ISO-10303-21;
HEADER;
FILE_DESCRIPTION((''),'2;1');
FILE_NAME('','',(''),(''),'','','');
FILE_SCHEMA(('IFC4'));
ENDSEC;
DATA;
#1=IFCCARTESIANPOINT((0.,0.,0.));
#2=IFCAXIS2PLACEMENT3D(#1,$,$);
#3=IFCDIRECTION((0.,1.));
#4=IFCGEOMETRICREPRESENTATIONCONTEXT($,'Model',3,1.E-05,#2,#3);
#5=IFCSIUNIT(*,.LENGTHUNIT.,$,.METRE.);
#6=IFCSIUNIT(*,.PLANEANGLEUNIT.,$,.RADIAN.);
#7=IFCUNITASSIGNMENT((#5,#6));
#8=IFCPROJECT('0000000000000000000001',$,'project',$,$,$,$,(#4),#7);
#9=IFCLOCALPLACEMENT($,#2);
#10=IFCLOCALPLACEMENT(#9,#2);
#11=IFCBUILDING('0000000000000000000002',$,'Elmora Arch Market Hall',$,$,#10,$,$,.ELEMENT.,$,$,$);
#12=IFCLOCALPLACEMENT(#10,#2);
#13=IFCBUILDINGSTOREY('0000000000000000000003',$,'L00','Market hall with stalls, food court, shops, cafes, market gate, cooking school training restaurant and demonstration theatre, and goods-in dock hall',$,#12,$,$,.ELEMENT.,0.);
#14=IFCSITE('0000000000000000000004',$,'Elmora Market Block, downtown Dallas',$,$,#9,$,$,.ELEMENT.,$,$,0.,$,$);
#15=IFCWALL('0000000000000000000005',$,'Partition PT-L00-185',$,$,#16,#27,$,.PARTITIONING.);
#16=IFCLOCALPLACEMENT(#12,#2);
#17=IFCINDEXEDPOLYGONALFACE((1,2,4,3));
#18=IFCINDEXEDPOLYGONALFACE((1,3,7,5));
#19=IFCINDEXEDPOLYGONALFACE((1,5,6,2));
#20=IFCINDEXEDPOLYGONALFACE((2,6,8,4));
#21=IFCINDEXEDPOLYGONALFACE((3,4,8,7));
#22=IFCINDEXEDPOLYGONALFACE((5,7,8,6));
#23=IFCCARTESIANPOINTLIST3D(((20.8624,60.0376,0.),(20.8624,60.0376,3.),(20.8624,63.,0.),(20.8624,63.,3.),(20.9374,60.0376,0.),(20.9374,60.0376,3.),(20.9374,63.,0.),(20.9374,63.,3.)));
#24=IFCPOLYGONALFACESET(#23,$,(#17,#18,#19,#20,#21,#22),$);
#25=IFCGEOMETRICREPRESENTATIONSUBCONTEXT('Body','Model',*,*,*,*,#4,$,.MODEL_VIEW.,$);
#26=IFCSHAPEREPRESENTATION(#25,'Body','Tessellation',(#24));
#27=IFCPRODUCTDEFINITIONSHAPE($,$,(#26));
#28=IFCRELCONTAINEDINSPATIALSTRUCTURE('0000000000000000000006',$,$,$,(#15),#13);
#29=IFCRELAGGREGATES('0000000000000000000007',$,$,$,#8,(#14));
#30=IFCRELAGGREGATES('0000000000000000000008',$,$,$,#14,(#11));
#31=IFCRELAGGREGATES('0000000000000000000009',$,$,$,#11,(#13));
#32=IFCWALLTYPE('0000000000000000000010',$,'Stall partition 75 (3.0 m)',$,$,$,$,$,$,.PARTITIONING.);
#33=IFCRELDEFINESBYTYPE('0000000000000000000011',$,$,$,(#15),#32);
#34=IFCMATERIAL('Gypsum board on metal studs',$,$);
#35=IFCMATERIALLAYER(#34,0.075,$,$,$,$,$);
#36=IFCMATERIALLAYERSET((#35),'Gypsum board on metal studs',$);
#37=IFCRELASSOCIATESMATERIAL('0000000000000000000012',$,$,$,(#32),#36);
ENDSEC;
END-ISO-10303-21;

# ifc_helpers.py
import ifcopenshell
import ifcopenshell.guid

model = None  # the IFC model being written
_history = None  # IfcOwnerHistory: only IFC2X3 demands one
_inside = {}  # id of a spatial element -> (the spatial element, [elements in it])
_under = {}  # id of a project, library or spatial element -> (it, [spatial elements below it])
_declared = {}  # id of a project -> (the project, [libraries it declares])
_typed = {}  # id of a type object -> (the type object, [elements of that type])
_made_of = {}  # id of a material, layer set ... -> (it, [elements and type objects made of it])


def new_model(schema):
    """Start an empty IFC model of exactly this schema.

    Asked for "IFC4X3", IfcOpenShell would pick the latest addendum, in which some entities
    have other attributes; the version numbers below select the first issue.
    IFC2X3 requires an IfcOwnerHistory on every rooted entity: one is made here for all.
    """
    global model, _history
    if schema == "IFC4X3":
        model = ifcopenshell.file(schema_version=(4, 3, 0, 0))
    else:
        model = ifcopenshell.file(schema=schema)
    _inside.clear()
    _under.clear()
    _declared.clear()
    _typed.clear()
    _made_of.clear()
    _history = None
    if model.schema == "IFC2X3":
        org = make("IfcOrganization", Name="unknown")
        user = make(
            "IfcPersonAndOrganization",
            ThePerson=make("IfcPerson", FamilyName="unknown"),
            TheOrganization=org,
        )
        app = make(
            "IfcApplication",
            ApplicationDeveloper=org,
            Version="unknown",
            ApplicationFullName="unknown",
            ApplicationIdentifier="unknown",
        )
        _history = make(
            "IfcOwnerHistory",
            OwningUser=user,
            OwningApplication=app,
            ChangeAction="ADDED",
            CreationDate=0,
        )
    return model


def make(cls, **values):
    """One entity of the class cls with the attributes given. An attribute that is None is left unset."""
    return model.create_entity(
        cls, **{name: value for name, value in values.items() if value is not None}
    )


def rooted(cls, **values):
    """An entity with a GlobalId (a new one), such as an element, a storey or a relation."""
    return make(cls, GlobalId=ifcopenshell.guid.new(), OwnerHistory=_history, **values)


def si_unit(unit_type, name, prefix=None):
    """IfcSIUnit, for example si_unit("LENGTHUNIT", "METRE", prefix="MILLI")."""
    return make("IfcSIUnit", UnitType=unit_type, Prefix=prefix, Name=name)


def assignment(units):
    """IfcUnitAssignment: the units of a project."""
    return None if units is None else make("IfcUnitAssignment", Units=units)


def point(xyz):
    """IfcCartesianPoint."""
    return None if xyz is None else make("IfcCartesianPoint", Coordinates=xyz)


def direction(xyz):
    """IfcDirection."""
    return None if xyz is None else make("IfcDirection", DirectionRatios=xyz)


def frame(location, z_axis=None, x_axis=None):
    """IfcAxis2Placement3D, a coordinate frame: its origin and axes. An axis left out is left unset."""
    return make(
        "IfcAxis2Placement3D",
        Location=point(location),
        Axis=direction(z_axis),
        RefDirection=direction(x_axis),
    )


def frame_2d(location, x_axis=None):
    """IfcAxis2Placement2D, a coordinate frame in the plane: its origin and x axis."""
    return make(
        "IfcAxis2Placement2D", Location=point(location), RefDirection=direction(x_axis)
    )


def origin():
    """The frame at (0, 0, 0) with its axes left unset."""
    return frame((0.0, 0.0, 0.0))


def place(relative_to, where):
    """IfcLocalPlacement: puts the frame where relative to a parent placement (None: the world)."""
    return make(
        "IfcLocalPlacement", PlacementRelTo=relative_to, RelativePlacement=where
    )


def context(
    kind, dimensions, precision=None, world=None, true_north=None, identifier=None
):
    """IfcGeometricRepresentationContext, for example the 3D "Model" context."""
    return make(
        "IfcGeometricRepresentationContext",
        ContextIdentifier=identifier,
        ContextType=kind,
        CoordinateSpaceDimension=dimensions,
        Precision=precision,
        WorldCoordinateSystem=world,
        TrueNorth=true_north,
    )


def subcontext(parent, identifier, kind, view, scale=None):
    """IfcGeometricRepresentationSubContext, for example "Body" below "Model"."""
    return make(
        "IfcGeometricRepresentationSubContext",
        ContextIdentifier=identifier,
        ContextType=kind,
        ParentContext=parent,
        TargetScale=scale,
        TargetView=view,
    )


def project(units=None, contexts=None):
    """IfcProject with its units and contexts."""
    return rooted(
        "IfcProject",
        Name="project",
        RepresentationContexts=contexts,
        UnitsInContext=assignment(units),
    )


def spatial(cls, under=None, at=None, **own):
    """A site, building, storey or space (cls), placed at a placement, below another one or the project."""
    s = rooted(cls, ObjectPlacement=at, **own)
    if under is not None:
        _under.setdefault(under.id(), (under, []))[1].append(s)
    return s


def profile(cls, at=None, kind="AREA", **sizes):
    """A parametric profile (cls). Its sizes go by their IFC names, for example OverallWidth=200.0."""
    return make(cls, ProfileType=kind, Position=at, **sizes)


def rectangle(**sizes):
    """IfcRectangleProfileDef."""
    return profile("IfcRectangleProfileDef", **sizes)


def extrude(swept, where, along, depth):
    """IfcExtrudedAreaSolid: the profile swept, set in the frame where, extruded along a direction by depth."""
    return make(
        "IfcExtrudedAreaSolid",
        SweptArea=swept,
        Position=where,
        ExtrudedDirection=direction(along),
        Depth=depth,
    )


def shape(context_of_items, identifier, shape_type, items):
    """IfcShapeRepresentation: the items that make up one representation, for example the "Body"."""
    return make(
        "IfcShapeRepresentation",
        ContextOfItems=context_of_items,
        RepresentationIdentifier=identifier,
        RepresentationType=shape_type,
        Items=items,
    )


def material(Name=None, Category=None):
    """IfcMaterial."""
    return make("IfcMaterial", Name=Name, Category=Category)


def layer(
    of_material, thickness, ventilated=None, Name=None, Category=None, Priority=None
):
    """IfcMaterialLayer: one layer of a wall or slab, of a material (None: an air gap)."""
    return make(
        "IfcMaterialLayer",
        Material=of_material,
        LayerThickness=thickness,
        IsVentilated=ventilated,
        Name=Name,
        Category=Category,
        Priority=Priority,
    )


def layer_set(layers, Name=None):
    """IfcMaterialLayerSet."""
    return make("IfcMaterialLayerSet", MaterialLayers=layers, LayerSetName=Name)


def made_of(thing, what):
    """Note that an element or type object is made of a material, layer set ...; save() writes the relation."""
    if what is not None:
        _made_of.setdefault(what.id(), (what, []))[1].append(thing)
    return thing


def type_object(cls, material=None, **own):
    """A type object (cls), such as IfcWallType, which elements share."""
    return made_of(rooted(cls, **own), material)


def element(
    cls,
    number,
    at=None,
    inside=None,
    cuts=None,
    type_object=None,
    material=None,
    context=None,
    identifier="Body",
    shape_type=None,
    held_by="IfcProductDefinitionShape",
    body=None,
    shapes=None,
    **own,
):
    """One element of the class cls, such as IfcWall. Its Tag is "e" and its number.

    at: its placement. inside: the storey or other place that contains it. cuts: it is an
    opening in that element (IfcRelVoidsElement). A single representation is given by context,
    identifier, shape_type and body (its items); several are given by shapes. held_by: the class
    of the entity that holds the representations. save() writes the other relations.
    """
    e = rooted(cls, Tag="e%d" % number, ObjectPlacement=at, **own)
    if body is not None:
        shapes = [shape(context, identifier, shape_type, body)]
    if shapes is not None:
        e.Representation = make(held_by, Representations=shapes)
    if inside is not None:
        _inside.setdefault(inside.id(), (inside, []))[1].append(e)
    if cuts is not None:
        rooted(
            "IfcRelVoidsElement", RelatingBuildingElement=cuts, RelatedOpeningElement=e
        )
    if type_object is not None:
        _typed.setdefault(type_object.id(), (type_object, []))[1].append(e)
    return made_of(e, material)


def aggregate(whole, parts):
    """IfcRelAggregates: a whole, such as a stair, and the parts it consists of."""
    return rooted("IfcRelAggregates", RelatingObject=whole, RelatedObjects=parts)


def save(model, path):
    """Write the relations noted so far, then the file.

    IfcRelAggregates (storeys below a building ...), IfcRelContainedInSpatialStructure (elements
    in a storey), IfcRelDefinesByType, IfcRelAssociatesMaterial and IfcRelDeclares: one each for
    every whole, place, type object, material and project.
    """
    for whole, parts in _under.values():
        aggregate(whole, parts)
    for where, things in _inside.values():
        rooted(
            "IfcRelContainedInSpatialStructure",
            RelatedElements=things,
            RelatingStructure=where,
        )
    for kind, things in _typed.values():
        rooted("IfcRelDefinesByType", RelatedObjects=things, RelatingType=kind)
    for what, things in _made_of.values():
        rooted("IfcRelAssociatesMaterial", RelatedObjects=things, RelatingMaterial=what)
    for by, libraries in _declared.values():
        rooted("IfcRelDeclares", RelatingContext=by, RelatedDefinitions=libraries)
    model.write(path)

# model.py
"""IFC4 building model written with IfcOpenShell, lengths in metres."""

from ifc_helpers import new_model, si_unit, direction, frame, frame_2d, origin, place, context, subcontext, project, spatial, rectangle, extrude, material, layer, layer_set, type_object, element, save


model = new_model("IFC4")

# Units and contexts
model_context = context("Model", 3, precision=1e-05, world=origin(), true_north=direction((0.0, 1.0)))
body_context = subcontext(model_context, "Body", "Model", "MODEL_VIEW")
ifc_project = project(units=[si_unit("LENGTHUNIT", "METRE"), si_unit("PLANEANGLEUNIT", "RADIAN")], contexts=[model_context])

# Site, building, storey
site_placement = place(None, origin())
site = spatial("IfcSite", under=ifc_project, at=site_placement, Name="Elmora Market Block, downtown Dallas", CompositionType="ELEMENT", RefElevation=0.0)
building_placement = place(site_placement, origin())
building = spatial("IfcBuilding", under=site, at=building_placement, Name="Elmora Arch Market Hall", CompositionType="ELEMENT")
storey_placement = place(building_placement, origin())
storey = spatial("IfcBuildingStorey", under=building, at=storey_placement, Name="L00", Description="Market hall with stalls, food court, shops, cafes, market gate, cooking school training restaurant and demonstration theatre, and goods-in dock hall", CompositionType="ELEMENT", Elevation=0.0)

# Shared definitions
ifc_material_1 = material(Name="Gypsum board on metal studs")
ifc_layer_1 = layer(ifc_material_1, 0.075)
ifc_layer_set_1 = layer_set([ifc_layer_1], Name="Gypsum board on metal studs")
wall_type_1 = type_object("IfcWallType", Name="Stall partition 75 (3.0 m)", PredefinedType="PARTITIONING", material=ifc_layer_set_1)

# Wall
for number, where, z_axis, x_axis, name in (
    (1, (20.8999, 60.0376, 0.0), (0.0, 0.0, 1.0), (0.0, 1.0, 0.0), "Partition PT-L00-185"),
):
    element("IfcWall", number, at=place(storey_placement, frame(where, z_axis=z_axis, x_axis=x_axis)), inside=storey, type_object=wall_type_1, Name=name, PredefinedType="PARTITIONING", context=body_context, shape_type="SweptSolid", body=[
        extrude(rectangle(XDim=2.9624, YDim=0.075, at=frame_2d((1.4812, 0.0))), origin(), (0.0, 0.0, 1.0), 3.0),
    ])

save(model, "model.ifc")
